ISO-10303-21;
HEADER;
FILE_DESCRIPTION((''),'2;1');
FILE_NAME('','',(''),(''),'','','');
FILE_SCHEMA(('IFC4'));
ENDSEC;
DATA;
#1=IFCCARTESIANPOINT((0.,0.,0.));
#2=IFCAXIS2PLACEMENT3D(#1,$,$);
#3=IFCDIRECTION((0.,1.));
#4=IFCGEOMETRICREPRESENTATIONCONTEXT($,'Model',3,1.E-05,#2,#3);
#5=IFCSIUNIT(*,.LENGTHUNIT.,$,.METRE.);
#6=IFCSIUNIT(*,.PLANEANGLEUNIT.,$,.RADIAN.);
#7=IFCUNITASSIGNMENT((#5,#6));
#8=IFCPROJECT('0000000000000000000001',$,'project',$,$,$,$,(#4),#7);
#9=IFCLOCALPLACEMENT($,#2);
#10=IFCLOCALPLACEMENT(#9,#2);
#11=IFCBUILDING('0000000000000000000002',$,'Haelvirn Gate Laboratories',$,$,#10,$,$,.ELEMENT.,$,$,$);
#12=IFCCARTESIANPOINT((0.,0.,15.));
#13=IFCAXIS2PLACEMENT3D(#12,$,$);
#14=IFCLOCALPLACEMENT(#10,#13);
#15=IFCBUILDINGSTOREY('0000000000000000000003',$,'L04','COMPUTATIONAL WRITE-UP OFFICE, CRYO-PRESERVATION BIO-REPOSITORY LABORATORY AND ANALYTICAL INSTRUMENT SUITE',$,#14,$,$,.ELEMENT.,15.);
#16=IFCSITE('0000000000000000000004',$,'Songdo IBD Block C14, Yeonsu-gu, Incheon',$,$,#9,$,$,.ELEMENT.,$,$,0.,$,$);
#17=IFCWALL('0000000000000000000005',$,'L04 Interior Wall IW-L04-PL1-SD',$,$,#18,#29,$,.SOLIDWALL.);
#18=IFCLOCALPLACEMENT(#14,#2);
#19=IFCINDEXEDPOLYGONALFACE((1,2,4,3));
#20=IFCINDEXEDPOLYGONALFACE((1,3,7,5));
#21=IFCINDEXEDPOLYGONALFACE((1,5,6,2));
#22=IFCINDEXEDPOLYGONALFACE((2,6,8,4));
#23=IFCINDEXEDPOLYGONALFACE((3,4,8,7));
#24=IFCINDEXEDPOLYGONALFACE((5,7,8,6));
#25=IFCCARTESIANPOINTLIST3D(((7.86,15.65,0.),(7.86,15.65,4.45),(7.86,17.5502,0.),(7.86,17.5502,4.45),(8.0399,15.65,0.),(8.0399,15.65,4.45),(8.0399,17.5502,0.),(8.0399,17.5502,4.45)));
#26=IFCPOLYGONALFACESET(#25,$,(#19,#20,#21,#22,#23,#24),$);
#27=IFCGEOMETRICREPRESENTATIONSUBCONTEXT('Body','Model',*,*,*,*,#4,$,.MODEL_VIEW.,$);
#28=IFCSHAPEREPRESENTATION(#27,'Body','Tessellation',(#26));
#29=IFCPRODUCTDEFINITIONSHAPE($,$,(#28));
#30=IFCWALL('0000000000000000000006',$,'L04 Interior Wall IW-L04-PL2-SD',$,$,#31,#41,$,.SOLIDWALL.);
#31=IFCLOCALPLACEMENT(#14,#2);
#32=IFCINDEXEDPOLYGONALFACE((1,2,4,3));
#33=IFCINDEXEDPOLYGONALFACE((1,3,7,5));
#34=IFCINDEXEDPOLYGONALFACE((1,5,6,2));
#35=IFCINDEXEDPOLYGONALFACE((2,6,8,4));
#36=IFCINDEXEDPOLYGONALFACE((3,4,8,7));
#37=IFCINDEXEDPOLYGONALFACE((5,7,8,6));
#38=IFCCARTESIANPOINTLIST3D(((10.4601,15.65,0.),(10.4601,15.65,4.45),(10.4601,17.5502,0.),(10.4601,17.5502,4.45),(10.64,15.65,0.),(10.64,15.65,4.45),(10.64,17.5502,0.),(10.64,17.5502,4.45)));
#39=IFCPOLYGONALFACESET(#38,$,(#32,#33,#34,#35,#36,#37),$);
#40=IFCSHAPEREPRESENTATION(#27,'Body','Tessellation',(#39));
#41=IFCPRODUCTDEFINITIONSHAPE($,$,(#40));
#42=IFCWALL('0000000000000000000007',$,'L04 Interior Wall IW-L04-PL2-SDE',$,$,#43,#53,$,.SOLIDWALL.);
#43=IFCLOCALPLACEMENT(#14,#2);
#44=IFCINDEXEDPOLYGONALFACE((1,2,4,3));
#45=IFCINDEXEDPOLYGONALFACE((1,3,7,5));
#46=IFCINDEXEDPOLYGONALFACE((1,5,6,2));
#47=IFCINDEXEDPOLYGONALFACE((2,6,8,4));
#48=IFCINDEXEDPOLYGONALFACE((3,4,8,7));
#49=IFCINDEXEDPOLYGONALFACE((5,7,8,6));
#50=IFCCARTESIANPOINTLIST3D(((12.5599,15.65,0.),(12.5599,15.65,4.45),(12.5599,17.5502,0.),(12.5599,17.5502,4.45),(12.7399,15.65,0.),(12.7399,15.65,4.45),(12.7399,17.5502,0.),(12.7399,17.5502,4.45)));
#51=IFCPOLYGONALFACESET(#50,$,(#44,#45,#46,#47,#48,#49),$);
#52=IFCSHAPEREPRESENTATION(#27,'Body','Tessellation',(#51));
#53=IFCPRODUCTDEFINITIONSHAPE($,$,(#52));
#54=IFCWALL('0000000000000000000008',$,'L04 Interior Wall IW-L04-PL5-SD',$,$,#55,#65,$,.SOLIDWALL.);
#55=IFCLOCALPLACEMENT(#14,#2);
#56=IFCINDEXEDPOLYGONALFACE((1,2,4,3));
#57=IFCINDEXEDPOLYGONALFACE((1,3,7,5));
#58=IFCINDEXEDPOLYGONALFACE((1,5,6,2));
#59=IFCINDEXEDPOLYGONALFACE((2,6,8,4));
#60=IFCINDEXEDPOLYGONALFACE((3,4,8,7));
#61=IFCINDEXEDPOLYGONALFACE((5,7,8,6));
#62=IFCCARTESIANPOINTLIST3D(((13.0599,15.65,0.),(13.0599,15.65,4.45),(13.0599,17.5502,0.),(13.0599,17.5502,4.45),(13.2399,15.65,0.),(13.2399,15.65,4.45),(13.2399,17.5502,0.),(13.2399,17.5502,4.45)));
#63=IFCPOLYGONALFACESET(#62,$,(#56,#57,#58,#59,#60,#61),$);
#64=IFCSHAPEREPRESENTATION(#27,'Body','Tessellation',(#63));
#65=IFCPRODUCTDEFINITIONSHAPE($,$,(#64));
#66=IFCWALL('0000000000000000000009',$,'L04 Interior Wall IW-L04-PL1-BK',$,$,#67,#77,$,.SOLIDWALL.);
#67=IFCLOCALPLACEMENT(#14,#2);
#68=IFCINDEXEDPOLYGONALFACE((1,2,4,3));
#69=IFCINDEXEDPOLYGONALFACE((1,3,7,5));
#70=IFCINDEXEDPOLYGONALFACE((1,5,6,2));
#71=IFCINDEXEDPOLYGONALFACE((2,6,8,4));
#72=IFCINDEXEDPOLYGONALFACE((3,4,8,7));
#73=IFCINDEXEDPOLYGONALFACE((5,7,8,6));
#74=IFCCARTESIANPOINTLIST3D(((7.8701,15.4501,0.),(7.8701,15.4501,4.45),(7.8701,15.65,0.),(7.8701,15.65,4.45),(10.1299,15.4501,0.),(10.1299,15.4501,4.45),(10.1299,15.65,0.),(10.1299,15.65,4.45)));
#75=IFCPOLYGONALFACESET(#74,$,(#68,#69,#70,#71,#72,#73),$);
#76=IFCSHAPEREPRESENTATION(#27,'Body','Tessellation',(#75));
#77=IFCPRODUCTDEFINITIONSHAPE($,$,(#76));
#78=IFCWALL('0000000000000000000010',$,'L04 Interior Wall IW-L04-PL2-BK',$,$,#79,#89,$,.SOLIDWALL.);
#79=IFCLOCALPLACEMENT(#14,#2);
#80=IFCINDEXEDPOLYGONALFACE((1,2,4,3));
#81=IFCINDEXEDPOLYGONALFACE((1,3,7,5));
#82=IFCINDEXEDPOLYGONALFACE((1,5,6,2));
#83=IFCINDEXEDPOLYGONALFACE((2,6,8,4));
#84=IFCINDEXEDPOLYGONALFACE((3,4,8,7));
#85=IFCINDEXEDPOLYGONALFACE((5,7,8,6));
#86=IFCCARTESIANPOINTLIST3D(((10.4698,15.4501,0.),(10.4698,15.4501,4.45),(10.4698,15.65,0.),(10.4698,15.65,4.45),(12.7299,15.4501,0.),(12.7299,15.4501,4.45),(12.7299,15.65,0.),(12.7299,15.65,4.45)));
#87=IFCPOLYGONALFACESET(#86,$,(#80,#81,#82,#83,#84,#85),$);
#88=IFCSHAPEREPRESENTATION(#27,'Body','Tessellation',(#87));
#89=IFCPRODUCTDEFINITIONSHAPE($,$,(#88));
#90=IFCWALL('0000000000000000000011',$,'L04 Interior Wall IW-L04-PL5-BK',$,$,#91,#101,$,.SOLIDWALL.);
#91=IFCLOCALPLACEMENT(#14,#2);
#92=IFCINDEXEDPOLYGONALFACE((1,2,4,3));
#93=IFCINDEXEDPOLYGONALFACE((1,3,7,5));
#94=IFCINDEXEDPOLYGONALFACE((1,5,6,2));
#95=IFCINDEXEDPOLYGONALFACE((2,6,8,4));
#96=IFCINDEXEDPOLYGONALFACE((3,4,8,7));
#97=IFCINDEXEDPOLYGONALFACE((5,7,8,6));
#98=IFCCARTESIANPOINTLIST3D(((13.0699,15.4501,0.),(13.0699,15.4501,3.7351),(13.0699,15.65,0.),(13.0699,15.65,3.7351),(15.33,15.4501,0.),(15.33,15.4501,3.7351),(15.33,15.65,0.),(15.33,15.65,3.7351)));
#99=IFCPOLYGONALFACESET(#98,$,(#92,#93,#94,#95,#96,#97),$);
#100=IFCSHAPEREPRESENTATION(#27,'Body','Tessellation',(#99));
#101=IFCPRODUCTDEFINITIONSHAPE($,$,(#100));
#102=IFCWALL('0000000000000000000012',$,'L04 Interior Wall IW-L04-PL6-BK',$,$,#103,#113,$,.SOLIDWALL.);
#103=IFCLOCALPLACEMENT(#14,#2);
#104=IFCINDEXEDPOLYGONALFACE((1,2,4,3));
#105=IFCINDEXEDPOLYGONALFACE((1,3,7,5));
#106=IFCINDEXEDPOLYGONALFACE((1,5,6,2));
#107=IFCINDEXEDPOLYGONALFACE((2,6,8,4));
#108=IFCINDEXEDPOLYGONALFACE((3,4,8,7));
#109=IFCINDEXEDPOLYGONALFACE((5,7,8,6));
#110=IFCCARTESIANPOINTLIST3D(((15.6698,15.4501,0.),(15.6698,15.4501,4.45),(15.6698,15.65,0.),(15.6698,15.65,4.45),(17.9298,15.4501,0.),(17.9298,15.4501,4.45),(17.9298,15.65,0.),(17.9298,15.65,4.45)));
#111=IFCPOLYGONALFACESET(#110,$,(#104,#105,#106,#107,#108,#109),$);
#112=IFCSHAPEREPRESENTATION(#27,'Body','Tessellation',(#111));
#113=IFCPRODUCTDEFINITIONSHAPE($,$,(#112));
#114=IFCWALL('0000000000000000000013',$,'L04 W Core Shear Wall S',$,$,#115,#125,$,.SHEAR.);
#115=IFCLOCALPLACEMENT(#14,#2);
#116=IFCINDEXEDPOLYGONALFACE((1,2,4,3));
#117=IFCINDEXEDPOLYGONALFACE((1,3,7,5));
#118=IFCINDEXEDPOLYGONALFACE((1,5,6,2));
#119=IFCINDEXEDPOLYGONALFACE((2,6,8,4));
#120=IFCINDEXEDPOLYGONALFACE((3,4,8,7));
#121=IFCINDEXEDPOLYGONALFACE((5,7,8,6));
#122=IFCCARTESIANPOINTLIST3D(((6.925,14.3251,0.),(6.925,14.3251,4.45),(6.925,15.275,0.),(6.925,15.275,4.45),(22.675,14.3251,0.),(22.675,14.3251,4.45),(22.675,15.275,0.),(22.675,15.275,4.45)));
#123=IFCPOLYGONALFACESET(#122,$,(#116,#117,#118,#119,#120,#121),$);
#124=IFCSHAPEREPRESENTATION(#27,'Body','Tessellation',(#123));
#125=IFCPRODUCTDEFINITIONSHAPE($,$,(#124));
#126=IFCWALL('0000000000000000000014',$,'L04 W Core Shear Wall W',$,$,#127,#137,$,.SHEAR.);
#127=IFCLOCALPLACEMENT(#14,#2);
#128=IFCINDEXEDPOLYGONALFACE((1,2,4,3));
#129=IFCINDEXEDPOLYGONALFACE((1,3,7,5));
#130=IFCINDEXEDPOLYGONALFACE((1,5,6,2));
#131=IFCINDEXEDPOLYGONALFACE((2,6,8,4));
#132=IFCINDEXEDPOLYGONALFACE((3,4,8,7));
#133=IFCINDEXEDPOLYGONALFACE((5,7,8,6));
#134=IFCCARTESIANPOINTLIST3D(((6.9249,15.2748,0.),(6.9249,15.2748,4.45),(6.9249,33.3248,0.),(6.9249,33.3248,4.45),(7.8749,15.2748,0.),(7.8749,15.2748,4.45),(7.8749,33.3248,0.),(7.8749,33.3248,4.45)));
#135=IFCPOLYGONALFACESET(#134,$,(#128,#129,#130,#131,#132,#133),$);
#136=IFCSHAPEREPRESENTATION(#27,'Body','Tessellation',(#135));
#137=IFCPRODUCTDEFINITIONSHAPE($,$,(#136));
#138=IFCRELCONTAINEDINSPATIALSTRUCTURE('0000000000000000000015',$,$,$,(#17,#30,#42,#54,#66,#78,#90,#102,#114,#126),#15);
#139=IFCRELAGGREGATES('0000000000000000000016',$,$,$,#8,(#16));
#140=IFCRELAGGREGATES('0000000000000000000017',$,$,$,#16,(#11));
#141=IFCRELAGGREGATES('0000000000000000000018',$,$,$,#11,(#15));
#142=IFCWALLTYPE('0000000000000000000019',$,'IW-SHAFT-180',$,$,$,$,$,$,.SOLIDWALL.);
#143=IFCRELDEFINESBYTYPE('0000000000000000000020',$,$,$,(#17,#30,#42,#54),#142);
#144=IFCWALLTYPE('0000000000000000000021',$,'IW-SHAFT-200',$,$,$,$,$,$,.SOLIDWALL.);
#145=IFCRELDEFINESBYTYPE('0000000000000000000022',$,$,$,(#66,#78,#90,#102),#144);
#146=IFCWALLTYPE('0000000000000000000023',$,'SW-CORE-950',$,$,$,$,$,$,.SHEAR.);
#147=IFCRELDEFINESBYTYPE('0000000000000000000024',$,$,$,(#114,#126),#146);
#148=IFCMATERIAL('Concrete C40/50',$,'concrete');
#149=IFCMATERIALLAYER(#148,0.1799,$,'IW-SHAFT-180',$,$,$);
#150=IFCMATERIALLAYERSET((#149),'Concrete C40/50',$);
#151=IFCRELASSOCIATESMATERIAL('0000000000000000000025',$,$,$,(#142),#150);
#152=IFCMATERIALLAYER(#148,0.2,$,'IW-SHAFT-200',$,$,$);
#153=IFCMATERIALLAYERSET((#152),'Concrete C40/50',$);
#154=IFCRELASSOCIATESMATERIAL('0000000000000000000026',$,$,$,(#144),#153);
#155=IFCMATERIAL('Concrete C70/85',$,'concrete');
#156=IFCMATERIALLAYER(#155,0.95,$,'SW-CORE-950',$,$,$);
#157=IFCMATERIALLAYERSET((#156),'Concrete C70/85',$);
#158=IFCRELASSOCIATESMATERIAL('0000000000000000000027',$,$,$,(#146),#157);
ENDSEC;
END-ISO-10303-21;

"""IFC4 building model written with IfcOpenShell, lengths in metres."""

from ifc_helpers import new_model, si_unit, direction, frame, frame_2d, origin, place, context, subcontext, project, spatial, rectangle, extrude, material, layer, layer_set, type_object, element, save


model = new_model("IFC4")

# Units and contexts
model_context = context("Model", 3, precision=1e-05, world=origin(), true_north=direction((0.0, 1.0)))
body_context = subcontext(model_context, "Body", "Model", "MODEL_VIEW")
ifc_project = project(units=[si_unit("LENGTHUNIT", "METRE"), si_unit("PLANEANGLEUNIT", "RADIAN")], contexts=[model_context])

# Site, building, storey
site_placement = place(None, origin())
site = spatial("IfcSite", under=ifc_project, at=site_placement, Name="Songdo IBD Block C14, Yeonsu-gu, Incheon", CompositionType="ELEMENT", RefElevation=0.0)
building_placement = place(site_placement, origin())
building = spatial("IfcBuilding", under=site, at=building_placement, Name="Haelvirn Gate Laboratories", CompositionType="ELEMENT")
storey_placement = place(building_placement, frame((0.0, 0.0, 15.0)))
storey = spatial("IfcBuildingStorey", under=building, at=storey_placement, Name="L04", Description="COMPUTATIONAL WRITE-UP OFFICE, CRYO-PRESERVATION BIO-REPOSITORY LABORATORY AND ANALYTICAL INSTRUMENT SUITE", CompositionType="ELEMENT", Elevation=15.0)

# Shared definitions
ifc_material_1 = material(Name="Concrete C70/85", Category="concrete")

# Walls
ifc_material_2 = material(Name="Concrete C40/50", Category="concrete")
ifc_layer_1 = layer(ifc_material_2, 0.1799, Name="IW-SHAFT-180")
ifc_layer_set_1 = layer_set([ifc_layer_1], Name="Concrete C40/50")
wall_type_1 = type_object("IfcWallType", Name="IW-SHAFT-180", PredefinedType="SOLIDWALL", material=ifc_layer_set_1)
for number, where, z_axis, x_axis, name in (
    (1, (7.95, 15.6499, 0.0), (0.0, 0.0, 1.0), (0.0, 1.0, 0.0), "L04 Interior Wall IW-L04-PL1-SD"),
    (2, (10.55, 15.6499, 0.0), (0.0, 0.0, 1.0), (0.0, 1.0, 0.0), "L04 Interior Wall IW-L04-PL2-SD"),
    (3, (12.6499, 15.6499, 0.0), (0.0, 0.0, 1.0), (0.0, 1.0, 0.0), "L04 Interior Wall IW-L04-PL2-SDE"),
    (4, (13.1499, 15.6499, 0.0), (0.0, 0.0, 1.0), (0.0, 1.0, 0.0), "L04 Interior Wall IW-L04-PL5-SD"),
):
    element("IfcWall", number, at=place(storey_placement, frame(where, z_axis=z_axis, x_axis=x_axis)), inside=storey, type_object=wall_type_1, Name=name, PredefinedType="SOLIDWALL", context=body_context, shape_type="SweptSolid", body=[
        extrude(rectangle(XDim=1.9001, YDim=0.1799, at=frame_2d((0.9502, 0.0))), origin(), (0.0, 0.0, 1.0), 4.45),
    ])
ifc_layer_2 = layer(ifc_material_2, 0.2, Name="IW-SHAFT-200")
ifc_layer_set_2 = layer_set([ifc_layer_2], Name="Concrete C40/50")
wall_type_2 = type_object("IfcWallType", Name="IW-SHAFT-200", PredefinedType="SOLIDWALL", material=ifc_layer_set_2)
wall_1_placement = place(storey_placement, frame((7.8701, 15.55, 0.0), z_axis=(0.0, 0.0, 1.0), x_axis=(1.0, 0.0, 0.0)))
element("IfcWall", 5, at=wall_1_placement, inside=storey, type_object=wall_type_2, Name="L04 Interior Wall IW-L04-PL1-BK", PredefinedType="SOLIDWALL", context=body_context, shape_type="SweptSolid", body=[
    extrude(rectangle(XDim=2.2598, YDim=0.2, at=frame_2d((1.1299, 0.0))), origin(), (0.0, 0.0, 1.0), 4.45),
])
wall_2_placement = place(storey_placement, frame((10.47, 15.55, 0.0), z_axis=(0.0, 0.0, 1.0), x_axis=(1.0, 0.0, 0.0)))
element("IfcWall", 6, at=wall_2_placement, inside=storey, type_object=wall_type_2, Name="L04 Interior Wall IW-L04-PL2-BK", PredefinedType="SOLIDWALL", context=body_context, shape_type="SweptSolid", body=[
    extrude(rectangle(XDim=2.26, YDim=0.2, at=frame_2d((1.1299, 0.0))), origin(), (0.0, 0.0, 1.0), 4.45),
])
wall_3_placement = place(storey_placement, frame((13.0701, 15.55, 0.0), z_axis=(0.0, 0.0, 1.0), x_axis=(1.0, 0.0, 0.0)))
element("IfcWall", 7, at=wall_3_placement, inside=storey, type_object=wall_type_2, Name="L04 Interior Wall IW-L04-PL5-BK", PredefinedType="SOLIDWALL", context=body_context, shape_type="SweptSolid", body=[
    extrude(rectangle(XDim=2.26, YDim=0.2, at=frame_2d((1.1299, 0.0))), origin(), (0.0, 0.0, 1.0), 3.7351),
])
wall_4_placement = place(storey_placement, frame((15.6699, 15.55, 0.0), z_axis=(0.0, 0.0, 1.0), x_axis=(1.0, 0.0, 0.0)))
element("IfcWall", 8, at=wall_4_placement, inside=storey, type_object=wall_type_2, Name="L04 Interior Wall IW-L04-PL6-BK", PredefinedType="SOLIDWALL", context=body_context, shape_type="SweptSolid", body=[
    extrude(rectangle(XDim=2.26, YDim=0.2, at=frame_2d((1.1299, 0.0))), origin(), (0.0, 0.0, 1.0), 4.45),
])
ifc_layer_3 = layer(ifc_material_1, 0.95, Name="SW-CORE-950")
ifc_layer_set_3 = layer_set([ifc_layer_3], Name="Concrete C70/85")
wall_type_3 = type_object("IfcWallType", Name="SW-CORE-950", PredefinedType="SHEAR", material=ifc_layer_set_3)
wall_5_placement = place(storey_placement, frame((6.925, 14.8, 0.0), z_axis=(0.0, 0.0, 1.0), x_axis=(1.0, 0.0, 0.0)))
element("IfcWall", 9, at=wall_5_placement, inside=storey, type_object=wall_type_3, Name="L04 W Core Shear Wall S", PredefinedType="SHEAR", context=body_context, shape_type="SweptSolid", body=[
    extrude(rectangle(XDim=15.75, YDim=0.95, at=frame_2d((7.875, 0.0))), origin(), (0.0, 0.0, 1.0), 4.45),
])
wall_6_placement = place(storey_placement, frame((7.3999, 15.2749, 0.0), z_axis=(0.0, 0.0, 1.0), x_axis=(0.0, 1.0, 0.0)))
element("IfcWall", 10, at=wall_6_placement, inside=storey, type_object=wall_type_3, Name="L04 W Core Shear Wall W", PredefinedType="SHEAR", context=body_context, shape_type="SweptSolid", body=[
    extrude(rectangle(XDim=18.05, YDim=0.95, at=frame_2d((9.0249, 0.0))), origin(), (0.0, 0.0, 1.0), 4.45),
])

save(model, "model.ifc")
